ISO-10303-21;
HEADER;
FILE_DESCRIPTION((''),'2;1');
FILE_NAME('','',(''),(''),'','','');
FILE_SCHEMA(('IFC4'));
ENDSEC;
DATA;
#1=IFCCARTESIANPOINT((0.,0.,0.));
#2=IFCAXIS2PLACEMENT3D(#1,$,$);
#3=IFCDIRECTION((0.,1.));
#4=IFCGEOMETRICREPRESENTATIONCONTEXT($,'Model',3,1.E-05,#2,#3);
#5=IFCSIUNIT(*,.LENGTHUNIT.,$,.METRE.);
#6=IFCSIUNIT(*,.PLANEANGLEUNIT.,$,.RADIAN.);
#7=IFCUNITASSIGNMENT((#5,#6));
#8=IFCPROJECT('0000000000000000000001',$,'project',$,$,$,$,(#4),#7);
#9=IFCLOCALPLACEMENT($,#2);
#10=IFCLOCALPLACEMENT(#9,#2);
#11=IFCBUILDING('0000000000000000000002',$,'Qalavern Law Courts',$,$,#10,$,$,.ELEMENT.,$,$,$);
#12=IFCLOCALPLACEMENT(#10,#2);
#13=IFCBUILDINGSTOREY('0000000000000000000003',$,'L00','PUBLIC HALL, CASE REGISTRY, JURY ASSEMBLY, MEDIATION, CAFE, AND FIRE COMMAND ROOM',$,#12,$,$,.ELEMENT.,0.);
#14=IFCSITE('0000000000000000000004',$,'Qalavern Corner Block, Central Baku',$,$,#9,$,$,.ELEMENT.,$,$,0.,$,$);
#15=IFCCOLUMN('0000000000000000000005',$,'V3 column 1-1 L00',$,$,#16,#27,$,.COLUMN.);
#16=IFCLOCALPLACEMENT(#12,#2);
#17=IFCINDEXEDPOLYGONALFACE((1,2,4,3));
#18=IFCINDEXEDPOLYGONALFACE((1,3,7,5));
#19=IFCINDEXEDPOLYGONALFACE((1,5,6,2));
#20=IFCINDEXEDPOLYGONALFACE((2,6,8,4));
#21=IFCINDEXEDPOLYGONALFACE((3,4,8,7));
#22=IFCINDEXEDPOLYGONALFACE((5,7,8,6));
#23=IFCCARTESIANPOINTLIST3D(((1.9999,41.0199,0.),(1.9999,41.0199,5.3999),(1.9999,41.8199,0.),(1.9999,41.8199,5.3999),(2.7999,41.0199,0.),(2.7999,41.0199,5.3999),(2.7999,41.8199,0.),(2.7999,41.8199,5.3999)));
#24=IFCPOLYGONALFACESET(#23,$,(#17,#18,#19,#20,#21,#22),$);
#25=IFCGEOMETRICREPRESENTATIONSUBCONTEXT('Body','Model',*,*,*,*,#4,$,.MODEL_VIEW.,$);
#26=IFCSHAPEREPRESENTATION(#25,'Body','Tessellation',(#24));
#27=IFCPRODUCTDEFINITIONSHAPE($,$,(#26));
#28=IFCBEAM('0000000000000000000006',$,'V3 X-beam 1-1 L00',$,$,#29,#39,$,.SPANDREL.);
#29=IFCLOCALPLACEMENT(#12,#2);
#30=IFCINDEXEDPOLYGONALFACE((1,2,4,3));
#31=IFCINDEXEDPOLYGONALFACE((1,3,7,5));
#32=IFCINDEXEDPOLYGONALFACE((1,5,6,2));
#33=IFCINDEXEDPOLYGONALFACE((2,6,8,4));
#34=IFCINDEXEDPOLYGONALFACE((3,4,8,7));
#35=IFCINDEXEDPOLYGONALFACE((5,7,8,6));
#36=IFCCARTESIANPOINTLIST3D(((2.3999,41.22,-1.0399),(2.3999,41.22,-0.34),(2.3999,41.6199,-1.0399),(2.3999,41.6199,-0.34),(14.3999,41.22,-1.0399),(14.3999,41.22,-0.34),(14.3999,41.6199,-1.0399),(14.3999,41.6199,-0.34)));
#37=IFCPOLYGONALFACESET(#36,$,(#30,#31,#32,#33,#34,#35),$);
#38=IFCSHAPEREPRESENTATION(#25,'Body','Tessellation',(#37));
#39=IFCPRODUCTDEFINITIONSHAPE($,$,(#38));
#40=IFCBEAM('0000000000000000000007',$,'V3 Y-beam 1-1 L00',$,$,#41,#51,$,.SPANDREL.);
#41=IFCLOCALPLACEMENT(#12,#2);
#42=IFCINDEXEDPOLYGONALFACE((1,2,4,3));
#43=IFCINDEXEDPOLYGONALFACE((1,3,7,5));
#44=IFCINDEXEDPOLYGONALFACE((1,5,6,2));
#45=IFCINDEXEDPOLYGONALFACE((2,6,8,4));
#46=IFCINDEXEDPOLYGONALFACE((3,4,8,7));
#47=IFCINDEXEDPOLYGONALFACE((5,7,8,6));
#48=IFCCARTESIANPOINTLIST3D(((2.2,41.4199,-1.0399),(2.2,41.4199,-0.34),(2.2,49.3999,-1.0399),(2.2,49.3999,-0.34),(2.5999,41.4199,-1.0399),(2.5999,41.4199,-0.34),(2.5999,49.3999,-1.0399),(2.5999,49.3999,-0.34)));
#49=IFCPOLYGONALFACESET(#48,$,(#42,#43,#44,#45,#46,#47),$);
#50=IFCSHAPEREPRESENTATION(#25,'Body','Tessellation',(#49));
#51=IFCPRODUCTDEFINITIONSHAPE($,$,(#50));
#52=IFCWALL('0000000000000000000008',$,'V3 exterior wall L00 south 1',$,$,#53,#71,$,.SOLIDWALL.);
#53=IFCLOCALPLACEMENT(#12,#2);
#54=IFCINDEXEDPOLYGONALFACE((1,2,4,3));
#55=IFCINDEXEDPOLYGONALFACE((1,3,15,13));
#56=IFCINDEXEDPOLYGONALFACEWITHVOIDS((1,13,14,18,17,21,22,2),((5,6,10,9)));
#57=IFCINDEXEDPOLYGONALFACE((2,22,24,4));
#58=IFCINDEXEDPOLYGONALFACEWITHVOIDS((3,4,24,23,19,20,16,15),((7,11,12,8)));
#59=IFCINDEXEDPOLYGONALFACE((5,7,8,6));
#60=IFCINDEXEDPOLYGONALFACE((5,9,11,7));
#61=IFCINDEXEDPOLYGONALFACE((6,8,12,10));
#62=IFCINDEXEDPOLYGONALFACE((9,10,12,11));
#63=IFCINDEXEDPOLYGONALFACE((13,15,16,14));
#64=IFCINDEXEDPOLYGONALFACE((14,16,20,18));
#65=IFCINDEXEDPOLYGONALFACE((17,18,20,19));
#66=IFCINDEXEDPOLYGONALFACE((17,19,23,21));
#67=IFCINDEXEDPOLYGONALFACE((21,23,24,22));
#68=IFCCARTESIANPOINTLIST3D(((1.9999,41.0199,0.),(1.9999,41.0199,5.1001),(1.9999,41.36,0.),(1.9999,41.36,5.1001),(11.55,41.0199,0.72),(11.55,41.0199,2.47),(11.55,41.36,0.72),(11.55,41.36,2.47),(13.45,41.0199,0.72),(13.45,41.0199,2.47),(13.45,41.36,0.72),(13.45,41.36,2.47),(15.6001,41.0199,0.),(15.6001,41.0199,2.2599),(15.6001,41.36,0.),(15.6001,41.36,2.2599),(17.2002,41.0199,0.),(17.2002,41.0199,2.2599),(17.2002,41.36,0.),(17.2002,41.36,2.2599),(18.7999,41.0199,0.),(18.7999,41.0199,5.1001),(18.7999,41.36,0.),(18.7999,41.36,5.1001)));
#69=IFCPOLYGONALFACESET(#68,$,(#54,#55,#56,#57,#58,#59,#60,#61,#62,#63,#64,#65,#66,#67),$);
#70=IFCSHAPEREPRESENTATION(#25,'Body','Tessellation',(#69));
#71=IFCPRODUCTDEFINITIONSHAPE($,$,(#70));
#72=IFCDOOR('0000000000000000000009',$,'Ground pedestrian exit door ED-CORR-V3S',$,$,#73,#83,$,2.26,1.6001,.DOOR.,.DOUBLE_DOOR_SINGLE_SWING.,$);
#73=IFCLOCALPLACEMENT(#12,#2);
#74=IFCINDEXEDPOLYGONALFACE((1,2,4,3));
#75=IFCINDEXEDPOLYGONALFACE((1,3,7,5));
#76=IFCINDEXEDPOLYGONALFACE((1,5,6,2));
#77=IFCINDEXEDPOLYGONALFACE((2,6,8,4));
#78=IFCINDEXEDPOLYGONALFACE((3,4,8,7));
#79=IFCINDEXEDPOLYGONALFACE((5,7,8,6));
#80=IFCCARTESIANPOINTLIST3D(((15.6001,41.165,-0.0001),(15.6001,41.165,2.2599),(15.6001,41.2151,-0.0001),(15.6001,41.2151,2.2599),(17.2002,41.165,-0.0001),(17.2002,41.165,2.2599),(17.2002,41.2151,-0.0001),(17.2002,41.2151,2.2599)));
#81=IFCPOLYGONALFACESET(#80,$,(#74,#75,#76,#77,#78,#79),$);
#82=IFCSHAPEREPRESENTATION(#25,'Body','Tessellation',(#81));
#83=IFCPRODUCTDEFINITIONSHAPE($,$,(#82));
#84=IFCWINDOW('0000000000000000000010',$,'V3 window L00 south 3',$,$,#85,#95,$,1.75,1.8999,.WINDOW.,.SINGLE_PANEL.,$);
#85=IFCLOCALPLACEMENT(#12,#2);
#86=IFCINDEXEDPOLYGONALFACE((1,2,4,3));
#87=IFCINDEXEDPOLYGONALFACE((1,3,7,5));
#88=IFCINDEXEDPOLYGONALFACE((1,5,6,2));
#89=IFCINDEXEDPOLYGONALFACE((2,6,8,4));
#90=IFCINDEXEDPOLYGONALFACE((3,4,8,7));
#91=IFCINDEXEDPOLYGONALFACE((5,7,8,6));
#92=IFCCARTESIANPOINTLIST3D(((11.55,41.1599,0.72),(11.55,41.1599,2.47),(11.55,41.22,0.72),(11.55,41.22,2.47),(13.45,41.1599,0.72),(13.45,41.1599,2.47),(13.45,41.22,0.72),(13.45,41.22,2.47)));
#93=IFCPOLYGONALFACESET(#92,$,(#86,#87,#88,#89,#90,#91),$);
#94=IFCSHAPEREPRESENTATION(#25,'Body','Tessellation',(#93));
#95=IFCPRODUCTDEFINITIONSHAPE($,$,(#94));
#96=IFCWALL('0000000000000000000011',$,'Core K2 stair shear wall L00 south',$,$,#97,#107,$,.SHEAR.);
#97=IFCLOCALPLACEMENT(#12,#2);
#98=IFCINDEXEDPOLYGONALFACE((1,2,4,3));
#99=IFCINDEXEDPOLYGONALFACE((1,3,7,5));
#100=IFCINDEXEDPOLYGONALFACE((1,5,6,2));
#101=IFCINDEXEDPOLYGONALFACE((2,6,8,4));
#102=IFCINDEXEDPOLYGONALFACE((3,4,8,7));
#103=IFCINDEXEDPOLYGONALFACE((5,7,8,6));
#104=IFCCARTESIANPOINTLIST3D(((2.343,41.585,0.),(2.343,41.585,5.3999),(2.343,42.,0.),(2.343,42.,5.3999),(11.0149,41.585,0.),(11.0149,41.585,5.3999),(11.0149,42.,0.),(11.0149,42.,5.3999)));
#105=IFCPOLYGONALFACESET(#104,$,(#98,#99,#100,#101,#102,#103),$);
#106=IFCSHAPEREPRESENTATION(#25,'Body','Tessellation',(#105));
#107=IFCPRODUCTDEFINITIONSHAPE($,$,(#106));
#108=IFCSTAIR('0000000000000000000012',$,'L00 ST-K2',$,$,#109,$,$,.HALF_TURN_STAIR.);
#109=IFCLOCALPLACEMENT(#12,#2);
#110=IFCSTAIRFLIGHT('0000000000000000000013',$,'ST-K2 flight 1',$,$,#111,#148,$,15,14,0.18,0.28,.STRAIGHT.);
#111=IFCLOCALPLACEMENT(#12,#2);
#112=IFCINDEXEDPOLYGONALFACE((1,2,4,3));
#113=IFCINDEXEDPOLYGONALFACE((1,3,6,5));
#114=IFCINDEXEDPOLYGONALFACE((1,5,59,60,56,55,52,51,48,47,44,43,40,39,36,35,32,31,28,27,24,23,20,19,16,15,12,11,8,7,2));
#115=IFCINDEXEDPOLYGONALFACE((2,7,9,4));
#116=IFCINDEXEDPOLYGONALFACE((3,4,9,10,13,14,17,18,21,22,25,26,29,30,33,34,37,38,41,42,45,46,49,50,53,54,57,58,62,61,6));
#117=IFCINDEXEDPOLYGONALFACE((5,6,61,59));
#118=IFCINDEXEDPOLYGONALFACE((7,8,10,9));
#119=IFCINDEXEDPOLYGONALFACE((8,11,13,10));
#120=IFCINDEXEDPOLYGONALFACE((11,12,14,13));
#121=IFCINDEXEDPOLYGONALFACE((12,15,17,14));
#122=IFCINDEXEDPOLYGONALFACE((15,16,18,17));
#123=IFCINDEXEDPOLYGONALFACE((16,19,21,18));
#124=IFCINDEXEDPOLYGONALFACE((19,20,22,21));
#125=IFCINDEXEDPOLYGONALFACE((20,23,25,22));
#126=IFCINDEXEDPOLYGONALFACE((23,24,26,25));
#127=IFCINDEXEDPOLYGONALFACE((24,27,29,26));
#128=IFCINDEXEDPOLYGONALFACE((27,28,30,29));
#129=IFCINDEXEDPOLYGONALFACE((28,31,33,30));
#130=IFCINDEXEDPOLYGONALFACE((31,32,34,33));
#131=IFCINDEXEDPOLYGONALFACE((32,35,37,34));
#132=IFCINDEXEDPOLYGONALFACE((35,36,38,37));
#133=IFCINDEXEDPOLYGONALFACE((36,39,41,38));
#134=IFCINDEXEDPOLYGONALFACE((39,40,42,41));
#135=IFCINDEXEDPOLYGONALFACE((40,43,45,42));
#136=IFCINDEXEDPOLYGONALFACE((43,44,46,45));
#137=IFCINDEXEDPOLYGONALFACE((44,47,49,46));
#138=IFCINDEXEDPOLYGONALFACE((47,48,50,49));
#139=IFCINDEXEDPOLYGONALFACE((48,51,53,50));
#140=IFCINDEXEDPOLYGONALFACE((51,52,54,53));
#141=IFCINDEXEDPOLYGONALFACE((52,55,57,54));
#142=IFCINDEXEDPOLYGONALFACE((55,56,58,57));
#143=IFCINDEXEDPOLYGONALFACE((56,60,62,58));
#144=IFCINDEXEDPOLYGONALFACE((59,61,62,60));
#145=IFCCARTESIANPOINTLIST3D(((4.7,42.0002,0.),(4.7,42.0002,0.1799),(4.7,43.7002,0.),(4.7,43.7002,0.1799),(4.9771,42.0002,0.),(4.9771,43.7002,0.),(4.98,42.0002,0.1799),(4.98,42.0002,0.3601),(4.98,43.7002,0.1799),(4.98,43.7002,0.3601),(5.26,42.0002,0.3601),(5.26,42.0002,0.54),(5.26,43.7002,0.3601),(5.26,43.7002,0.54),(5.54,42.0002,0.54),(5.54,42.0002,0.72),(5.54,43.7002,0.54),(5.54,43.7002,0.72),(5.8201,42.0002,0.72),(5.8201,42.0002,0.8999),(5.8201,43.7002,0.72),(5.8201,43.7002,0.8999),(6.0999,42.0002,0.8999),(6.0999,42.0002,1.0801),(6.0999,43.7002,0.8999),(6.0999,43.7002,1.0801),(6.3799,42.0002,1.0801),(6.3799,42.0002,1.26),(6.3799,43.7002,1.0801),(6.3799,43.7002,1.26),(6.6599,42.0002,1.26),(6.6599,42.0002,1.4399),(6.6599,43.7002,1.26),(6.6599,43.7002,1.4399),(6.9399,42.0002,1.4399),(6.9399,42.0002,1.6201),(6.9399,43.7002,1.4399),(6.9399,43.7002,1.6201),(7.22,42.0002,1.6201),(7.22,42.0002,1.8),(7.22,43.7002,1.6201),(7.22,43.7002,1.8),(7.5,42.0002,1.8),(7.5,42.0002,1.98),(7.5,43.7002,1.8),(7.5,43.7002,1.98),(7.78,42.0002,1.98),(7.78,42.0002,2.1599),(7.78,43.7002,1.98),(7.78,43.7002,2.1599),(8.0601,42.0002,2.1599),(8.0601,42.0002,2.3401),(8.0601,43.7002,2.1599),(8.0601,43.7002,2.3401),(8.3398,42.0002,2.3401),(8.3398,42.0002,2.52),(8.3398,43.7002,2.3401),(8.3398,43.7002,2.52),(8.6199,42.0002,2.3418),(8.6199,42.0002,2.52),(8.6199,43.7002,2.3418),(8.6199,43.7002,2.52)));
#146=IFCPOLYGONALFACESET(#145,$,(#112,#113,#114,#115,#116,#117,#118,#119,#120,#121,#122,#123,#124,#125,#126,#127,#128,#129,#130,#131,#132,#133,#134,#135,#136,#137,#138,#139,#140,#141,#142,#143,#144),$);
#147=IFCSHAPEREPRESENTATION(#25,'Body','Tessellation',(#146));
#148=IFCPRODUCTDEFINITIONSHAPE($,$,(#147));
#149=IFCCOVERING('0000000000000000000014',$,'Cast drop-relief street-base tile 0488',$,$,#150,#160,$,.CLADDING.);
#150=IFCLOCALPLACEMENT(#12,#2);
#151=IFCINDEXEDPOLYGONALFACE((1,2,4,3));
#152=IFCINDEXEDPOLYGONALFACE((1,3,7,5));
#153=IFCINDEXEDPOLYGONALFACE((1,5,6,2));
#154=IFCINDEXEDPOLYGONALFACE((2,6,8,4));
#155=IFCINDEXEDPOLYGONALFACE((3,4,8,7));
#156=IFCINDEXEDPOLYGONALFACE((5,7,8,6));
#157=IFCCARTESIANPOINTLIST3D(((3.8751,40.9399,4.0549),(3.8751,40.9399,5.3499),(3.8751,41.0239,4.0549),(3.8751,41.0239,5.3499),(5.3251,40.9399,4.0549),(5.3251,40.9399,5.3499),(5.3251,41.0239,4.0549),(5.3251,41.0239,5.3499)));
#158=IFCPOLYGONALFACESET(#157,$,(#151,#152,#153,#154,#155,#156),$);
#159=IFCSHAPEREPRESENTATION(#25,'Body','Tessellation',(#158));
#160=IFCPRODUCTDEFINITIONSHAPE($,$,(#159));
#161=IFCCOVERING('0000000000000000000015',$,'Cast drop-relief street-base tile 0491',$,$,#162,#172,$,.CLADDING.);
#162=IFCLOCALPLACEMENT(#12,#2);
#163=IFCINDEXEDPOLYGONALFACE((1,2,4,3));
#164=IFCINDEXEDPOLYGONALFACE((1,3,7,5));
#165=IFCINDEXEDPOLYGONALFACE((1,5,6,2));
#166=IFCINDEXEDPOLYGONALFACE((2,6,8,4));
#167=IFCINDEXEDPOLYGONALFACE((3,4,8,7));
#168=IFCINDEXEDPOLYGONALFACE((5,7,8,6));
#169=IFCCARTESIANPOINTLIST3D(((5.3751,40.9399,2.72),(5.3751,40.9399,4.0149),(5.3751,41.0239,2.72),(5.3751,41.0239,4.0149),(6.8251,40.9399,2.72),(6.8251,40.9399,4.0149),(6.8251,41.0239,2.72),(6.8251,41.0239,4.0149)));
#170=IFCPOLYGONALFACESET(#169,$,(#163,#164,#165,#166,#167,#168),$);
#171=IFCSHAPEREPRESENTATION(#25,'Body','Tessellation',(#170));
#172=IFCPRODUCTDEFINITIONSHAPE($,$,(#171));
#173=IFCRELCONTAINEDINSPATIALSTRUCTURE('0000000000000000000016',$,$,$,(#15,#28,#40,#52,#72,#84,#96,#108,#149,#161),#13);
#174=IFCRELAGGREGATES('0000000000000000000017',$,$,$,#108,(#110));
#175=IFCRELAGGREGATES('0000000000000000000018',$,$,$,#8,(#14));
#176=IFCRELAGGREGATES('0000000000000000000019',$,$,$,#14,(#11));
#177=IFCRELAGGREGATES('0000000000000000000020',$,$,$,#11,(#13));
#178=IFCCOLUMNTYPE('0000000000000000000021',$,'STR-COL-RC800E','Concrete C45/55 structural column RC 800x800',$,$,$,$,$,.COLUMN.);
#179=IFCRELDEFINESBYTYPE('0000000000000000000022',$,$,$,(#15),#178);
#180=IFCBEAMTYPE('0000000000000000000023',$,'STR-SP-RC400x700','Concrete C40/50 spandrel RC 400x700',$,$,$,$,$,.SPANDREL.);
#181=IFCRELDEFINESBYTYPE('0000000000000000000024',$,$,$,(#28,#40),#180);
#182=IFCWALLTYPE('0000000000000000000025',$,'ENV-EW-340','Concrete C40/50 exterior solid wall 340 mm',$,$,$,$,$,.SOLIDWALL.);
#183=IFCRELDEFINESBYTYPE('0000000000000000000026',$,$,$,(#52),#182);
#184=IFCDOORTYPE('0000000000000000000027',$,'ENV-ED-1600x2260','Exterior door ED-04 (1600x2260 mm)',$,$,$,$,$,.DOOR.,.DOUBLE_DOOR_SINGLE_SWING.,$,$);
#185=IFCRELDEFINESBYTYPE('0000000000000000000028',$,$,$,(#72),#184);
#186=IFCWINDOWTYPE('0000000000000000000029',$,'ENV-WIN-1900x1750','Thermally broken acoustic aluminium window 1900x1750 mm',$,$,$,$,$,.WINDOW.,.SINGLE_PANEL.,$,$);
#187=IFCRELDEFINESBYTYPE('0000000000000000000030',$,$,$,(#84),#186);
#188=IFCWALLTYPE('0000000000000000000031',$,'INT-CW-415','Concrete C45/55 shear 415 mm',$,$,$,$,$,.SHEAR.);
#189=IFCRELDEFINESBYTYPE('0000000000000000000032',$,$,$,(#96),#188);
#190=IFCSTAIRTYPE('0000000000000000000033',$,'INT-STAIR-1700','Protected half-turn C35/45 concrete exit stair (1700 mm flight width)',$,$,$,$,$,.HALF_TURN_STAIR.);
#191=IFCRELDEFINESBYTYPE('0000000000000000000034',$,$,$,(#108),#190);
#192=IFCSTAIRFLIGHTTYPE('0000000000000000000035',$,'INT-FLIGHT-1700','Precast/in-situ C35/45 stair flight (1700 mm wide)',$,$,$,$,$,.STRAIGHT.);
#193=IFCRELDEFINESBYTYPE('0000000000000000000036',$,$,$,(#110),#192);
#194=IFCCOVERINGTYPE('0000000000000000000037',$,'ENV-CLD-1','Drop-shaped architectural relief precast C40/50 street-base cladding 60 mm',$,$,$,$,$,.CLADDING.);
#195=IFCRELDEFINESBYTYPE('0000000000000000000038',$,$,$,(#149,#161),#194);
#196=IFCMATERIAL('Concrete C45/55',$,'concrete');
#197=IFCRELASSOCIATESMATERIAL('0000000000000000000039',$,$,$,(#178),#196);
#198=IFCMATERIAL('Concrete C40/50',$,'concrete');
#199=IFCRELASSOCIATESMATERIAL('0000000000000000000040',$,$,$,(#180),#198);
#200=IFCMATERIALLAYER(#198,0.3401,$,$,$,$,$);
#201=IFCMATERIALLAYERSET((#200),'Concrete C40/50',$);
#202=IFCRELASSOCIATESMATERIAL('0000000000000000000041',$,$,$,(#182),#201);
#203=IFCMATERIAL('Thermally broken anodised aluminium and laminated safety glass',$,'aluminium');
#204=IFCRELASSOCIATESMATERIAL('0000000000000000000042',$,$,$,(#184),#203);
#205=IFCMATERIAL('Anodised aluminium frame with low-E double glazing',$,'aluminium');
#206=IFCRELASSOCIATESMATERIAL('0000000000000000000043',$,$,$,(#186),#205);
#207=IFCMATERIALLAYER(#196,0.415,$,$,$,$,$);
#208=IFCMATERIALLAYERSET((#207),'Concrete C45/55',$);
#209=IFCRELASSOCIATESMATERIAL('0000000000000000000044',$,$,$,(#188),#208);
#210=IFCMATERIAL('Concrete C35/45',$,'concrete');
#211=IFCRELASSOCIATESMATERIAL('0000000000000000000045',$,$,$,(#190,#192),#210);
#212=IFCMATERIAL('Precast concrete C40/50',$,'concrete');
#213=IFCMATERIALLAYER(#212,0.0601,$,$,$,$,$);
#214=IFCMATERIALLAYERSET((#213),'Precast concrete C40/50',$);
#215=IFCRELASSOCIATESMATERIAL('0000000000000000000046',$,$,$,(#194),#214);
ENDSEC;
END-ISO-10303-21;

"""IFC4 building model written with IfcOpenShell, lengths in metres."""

from ifc_helpers import new_model, si_unit, direction, frame, frame_2d, origin, origin_2d, place, context, subcontext, project, spatial, polyline, rectangle, outline, extrude, material, layer, layer_set, material_profile, profile_set, type_object, element, fill, aggregate, save


model = new_model("IFC4")

# Units and contexts
model_context = context("Model", 3, precision=1e-05, world=origin(), true_north=direction((0.0, 1.0)))
body_context = subcontext(model_context, "Body", "Model", "MODEL_VIEW")
ifc_project = project(units=[si_unit("LENGTHUNIT", "METRE"), si_unit("PLANEANGLEUNIT", "RADIAN")], contexts=[model_context])

# Site, building, storey
site_placement = place(None, origin())
site = spatial("IfcSite", under=ifc_project, at=site_placement, Name="Qalavern Corner Block, Central Baku", CompositionType="ELEMENT", RefElevation=0.0)
building_placement = place(site_placement, origin())
building = spatial("IfcBuilding", under=site, at=building_placement, Name="Qalavern Law Courts", CompositionType="ELEMENT")
storey_placement = place(building_placement, origin())
storey = spatial("IfcBuildingStorey", under=building, at=storey_placement, Name="L00", Description="PUBLIC HALL, CASE REGISTRY, JURY ASSEMBLY, MEDIATION, CAFE, AND FIRE COMMAND ROOM", CompositionType="ELEMENT", Elevation=0.0)

# Column
ifc_material_1 = material(Name="Concrete C45/55", Category="concrete")
ifc_material_profile_1 = material_profile(ifc_material_1, rectangle(XDim=0.8, YDim=0.8, at=origin_2d()), Name="RC 800x800")
ifc_profile_set_1 = profile_set([ifc_material_profile_1], Name="Concrete C45/55")
column_type = type_object("IfcColumnType", Name="STR-COL-RC800E", Description="Concrete C45/55 structural column RC 800x800", PredefinedType="COLUMN", material=ifc_profile_set_1)
column_placement = place(storey_placement, frame((2.3999, 41.4199, 0.0), z_axis=(0.0, 0.0, 1.0), x_axis=(1.0, 0.0, 0.0)))
element("IfcColumn", 1, at=column_placement, inside=storey, type_object=column_type, Name="V3 column 1-1 L00", PredefinedType="COLUMN", context=body_context, shape_type="SweptSolid", body=[
    extrude(rectangle(XDim=0.8, YDim=0.8, at=origin_2d()), origin(), (0.0, 0.0, 1.0), 5.3999),
])

# Beams
ifc_material_2 = material(Name="Concrete C40/50", Category="concrete")
ifc_material_profile_2 = material_profile(ifc_material_2, rectangle(XDim=0.3999, YDim=0.7, at=origin_2d()), Name="RC 400x700")
ifc_profile_set_2 = profile_set([ifc_material_profile_2], Name="Concrete C40/50")
beam_type = type_object("IfcBeamType", Name="STR-SP-RC400x700", Description="Concrete C40/50 spandrel RC 400x700", PredefinedType="SPANDREL", material=ifc_profile_set_2)
beam_1_placement = place(storey_placement, frame((2.3999, 41.4199, -0.6899), z_axis=(1.0, 0.0, 0.0), x_axis=(0.0, 1.0, 0.0)))
element("IfcBeam", 2, at=beam_1_placement, inside=storey, type_object=beam_type, Name="V3 X-beam 1-1 L00", PredefinedType="SPANDREL", context=body_context, shape_type="SweptSolid", body=[
    extrude(rectangle(XDim=0.3999, YDim=0.7, at=origin_2d()), origin(), (0.0, 0.0, 1.0), 12.0),
])
beam_2_placement = place(storey_placement, frame((2.3999, 41.4199, -0.6899), z_axis=(0.0, 1.0, 0.0), x_axis=(-1.0, 0.0, 0.0)))
element("IfcBeam", 3, at=beam_2_placement, inside=storey, type_object=beam_type, Name="V3 Y-beam 1-1 L00", PredefinedType="SPANDREL", context=body_context, shape_type="SweptSolid", body=[
    extrude(rectangle(XDim=0.3999, YDim=0.7, at=origin_2d()), origin(), (0.0, 0.0, 1.0), 7.98),
])

# Wall, openings, door, window
ifc_layer_1 = layer(ifc_material_2, 0.3401)
ifc_layer_set_1 = layer_set([ifc_layer_1], Name="Concrete C40/50")
wall_type_1 = type_object("IfcWallType", Name="ENV-EW-340", Description="Concrete C40/50 exterior solid wall 340 mm", PredefinedType="SOLIDWALL", material=ifc_layer_set_1)
wall_1_placement = place(storey_placement, frame((2.0, 41.1899, 0.0), z_axis=(0.0, 0.0, 1.0), x_axis=(1.0, 0.0, 0.0)))
wall_1 = element("IfcWall", 4, at=wall_1_placement, inside=storey, type_object=wall_type_1, Name="V3 exterior wall L00 south 1", PredefinedType="SOLIDWALL", context=body_context, shape_type="SweptSolid", body=[
    extrude(rectangle(XDim=16.8, YDim=0.3401, at=frame_2d((8.3999, 0.0))), origin(), (0.0, 0.0, 1.0), 5.1001),
])
opening_1_placement = place(wall_1_placement, frame((13.6001, 0.0, 0.0)))
opening_1 = element("IfcOpeningElement", 5, at=opening_1_placement, cuts=wall_1, PredefinedType="OPENING", context=body_context, shape_type="SweptSolid", body=[
    extrude(rectangle(XDim=1.6001, YDim=2.26, at=frame_2d((0.8, 1.1299))), frame((0.0, 0.1851, 0.0), z_axis=(0.0, -1.0, 0.0), x_axis=(1.0, 0.0, 0.0)), (0.0, 0.0, 1.0), 0.3699),
])
opening_2_placement = place(wall_1_placement, frame((9.55, 0.0, 0.72)))
opening_2 = element("IfcOpeningElement", 6, at=opening_2_placement, cuts=wall_1, PredefinedType="OPENING", context=body_context, shape_type="SweptSolid", body=[
    extrude(rectangle(XDim=1.8999, YDim=1.75, at=frame_2d((0.95, 0.875))), frame((0.0, 0.1851, 0.0), z_axis=(0.0, -1.0, 0.0), x_axis=(1.0, 0.0, 0.0)), (0.0, 0.0, 1.0), 0.3699),
])
ifc_material_3 = material(Name="Thermally broken anodised aluminium and laminated safety glass", Category="aluminium")
door_type = type_object("IfcDoorType", Name="ENV-ED-1600x2260", Description="Exterior door ED-04 (1600x2260 mm)", OperationType="DOUBLE_DOOR_SINGLE_SWING", PredefinedType="DOOR", material=ifc_material_3)
door_placement = place(opening_1_placement, frame((1.6001, 0.0, 0.0), z_axis=(0.0, 0.0, 1.0), x_axis=(-1.0, 0.0, 0.0)))
door = element("IfcDoor", 7, at=door_placement, inside=storey, type_object=door_type, Name="Ground pedestrian exit door ED-CORR-V3S", OperationType="DOUBLE_DOOR_SINGLE_SWING", OverallHeight=2.26, OverallWidth=1.6001, PredefinedType="DOOR", context=body_context, shape_type="SweptSolid", body=[
    extrude(rectangle(XDim=1.6001, YDim=2.26, at=frame_2d((0.8, 1.1299))), frame((0.0, 0.0249, 0.0), z_axis=(0.0, -1.0, 0.0), x_axis=(1.0, 0.0, 0.0)), (0.0, 0.0, 1.0), 0.05),
])
fill(opening_1, door)
ifc_material_4 = material(Name="Anodised aluminium frame with low-E double glazing", Category="aluminium")
window_type = type_object("IfcWindowType", Name="ENV-WIN-1900x1750", Description="Thermally broken acoustic aluminium window 1900x1750 mm", PartitioningType="SINGLE_PANEL", PredefinedType="WINDOW", material=ifc_material_4)
window_placement = place(opening_2_placement, origin())
window = element("IfcWindow", 8, at=window_placement, inside=storey, type_object=window_type, Name="V3 window L00 south 3", OverallHeight=1.75, OverallWidth=1.8999, PartitioningType="SINGLE_PANEL", PredefinedType="WINDOW", context=body_context, shape_type="SweptSolid", body=[
    extrude(rectangle(XDim=1.8999, YDim=1.75, at=frame_2d((0.95, 0.875))), frame((0.0, 0.03, 0.0), z_axis=(0.0, -1.0, 0.0), x_axis=(1.0, 0.0, 0.0)), (0.0, 0.0, 1.0), 0.0601),
])
fill(opening_2, window)

# Wall
ifc_layer_2 = layer(ifc_material_1, 0.415)
ifc_layer_set_2 = layer_set([ifc_layer_2], Name="Concrete C45/55")
wall_type_2 = type_object("IfcWallType", Name="INT-CW-415", Description="Concrete C45/55 shear 415 mm", PredefinedType="SHEAR", material=ifc_layer_set_2)
wall_2_placement = place(storey_placement, frame((2.343, 41.7925, 0.0), z_axis=(0.0, 0.0, 1.0), x_axis=(1.0, 0.0, 0.0)))
element("IfcWall", 9, at=wall_2_placement, inside=storey, type_object=wall_type_2, Name="Core K2 stair shear wall L00 south", PredefinedType="SHEAR", context=body_context, shape_type="SweptSolid", body=[
    extrude(rectangle(XDim=8.6719, YDim=0.415, at=frame_2d((4.3359, 0.0))), origin(), (0.0, 0.0, 1.0), 5.3999),
])

# Stair, stair flight
ifc_material_5 = material(Name="Concrete C35/45", Category="concrete")
stair_type = type_object("IfcStairType", Name="INT-STAIR-1700", Description="Protected half-turn C35/45 concrete exit stair (1700 mm flight width)", PredefinedType="HALF_TURN_STAIR", material=ifc_material_5)
stair_placement = place(storey_placement, origin())
stair = element("IfcStair", 10, at=stair_placement, inside=storey, type_object=stair_type, Name="L00 ST-K2", PredefinedType="HALF_TURN_STAIR")
stair_flight_type = type_object("IfcStairFlightType", Name="INT-FLIGHT-1700", Description="Precast/in-situ C35/45 stair flight (1700 mm wide)", PredefinedType="STRAIGHT", material=ifc_material_5)
stair_flight_placement = place(storey_placement, frame((4.7, 42.8501, 0.0), z_axis=(0.0, 0.0, 1.0), x_axis=(1.0, 0.0, 0.0)))
stair_flight = element("IfcStairFlight", 11, at=stair_flight_placement, type_object=stair_flight_type, Name="ST-K2 flight 1", NumberOfRisers=15, NumberOfTreads=14, PredefinedType="STRAIGHT", RiserHeight=0.18, TreadLength=0.28, context=body_context, shape_type="SweptSolid", body=[
    extrude(outline(polyline([(0.0, 0.0), (0.0, 0.1799), (0.28, 0.1799), (0.28, 0.3601), (0.5601, 0.3601), (0.5601, 0.54), (0.8401, 0.54), (0.8401, 0.72), (1.1201, 0.72), (1.1201, 0.8999), (1.3999, 0.8999), (1.3999, 1.0801), (1.6799, 1.0801), (1.6799, 1.26), (1.96, 1.26), (1.96, 1.4399), (2.24, 1.4399), (2.24, 1.6201), (2.52, 1.6201), (2.52, 1.8), (2.8, 1.8), (2.8, 1.98), (3.0801, 1.98), (3.0801, 2.1599), (3.3601, 2.1599), (3.3601, 2.3401), (3.6399, 2.3401), (3.6399, 2.52), (3.9199, 2.52), (3.9199, 2.7), (3.9199, 2.3418), (0.2771, 0.0), (0.0, 0.0)])), frame((0.0, 0.8501, 0.0), z_axis=(0.0, -1.0, 0.0), x_axis=(1.0, 0.0, 0.0)), (0.0, 0.0, 1.0), 1.7),
])
aggregate(stair, [stair_flight])

# Coverings
ifc_material_6 = material(Name="Precast concrete C40/50", Category="concrete")
ifc_layer_3 = layer(ifc_material_6, 0.0601)
ifc_layer_set_3 = layer_set([ifc_layer_3], Name="Precast concrete C40/50")
covering_type_1 = type_object("IfcCoveringType", Name="ENV-CLD-1", Description="Drop-shaped architectural relief precast C40/50 street-base cladding 60 mm", PredefinedType="CLADDING", material=ifc_layer_set_3)
for number, where, z_axis, x_axis, name in (
    (12, (4.6001, 40.9819, 4.0549), (0.0, 0.0, 1.0), (1.0, 0.0, 0.0), "Cast drop-relief street-base tile 0488"),
    (13, (6.1001, 40.9819, 2.72), (0.0, 0.0, 1.0), (1.0, 0.0, 0.0), "Cast drop-relief street-base tile 0491"),
):
    element("IfcCovering", number, at=place(storey_placement, frame(where, z_axis=z_axis, x_axis=x_axis)), inside=storey, type_object=covering_type_1, Name=name, PredefinedType="CLADDING", context=body_context, shape_type="SweptSolid", body=[
        extrude(rectangle(XDim=1.45, YDim=0.084, at=origin_2d()), origin(), (0.0, 0.0, 1.0), 1.2949),
    ])

save(model, "model.ifc")
